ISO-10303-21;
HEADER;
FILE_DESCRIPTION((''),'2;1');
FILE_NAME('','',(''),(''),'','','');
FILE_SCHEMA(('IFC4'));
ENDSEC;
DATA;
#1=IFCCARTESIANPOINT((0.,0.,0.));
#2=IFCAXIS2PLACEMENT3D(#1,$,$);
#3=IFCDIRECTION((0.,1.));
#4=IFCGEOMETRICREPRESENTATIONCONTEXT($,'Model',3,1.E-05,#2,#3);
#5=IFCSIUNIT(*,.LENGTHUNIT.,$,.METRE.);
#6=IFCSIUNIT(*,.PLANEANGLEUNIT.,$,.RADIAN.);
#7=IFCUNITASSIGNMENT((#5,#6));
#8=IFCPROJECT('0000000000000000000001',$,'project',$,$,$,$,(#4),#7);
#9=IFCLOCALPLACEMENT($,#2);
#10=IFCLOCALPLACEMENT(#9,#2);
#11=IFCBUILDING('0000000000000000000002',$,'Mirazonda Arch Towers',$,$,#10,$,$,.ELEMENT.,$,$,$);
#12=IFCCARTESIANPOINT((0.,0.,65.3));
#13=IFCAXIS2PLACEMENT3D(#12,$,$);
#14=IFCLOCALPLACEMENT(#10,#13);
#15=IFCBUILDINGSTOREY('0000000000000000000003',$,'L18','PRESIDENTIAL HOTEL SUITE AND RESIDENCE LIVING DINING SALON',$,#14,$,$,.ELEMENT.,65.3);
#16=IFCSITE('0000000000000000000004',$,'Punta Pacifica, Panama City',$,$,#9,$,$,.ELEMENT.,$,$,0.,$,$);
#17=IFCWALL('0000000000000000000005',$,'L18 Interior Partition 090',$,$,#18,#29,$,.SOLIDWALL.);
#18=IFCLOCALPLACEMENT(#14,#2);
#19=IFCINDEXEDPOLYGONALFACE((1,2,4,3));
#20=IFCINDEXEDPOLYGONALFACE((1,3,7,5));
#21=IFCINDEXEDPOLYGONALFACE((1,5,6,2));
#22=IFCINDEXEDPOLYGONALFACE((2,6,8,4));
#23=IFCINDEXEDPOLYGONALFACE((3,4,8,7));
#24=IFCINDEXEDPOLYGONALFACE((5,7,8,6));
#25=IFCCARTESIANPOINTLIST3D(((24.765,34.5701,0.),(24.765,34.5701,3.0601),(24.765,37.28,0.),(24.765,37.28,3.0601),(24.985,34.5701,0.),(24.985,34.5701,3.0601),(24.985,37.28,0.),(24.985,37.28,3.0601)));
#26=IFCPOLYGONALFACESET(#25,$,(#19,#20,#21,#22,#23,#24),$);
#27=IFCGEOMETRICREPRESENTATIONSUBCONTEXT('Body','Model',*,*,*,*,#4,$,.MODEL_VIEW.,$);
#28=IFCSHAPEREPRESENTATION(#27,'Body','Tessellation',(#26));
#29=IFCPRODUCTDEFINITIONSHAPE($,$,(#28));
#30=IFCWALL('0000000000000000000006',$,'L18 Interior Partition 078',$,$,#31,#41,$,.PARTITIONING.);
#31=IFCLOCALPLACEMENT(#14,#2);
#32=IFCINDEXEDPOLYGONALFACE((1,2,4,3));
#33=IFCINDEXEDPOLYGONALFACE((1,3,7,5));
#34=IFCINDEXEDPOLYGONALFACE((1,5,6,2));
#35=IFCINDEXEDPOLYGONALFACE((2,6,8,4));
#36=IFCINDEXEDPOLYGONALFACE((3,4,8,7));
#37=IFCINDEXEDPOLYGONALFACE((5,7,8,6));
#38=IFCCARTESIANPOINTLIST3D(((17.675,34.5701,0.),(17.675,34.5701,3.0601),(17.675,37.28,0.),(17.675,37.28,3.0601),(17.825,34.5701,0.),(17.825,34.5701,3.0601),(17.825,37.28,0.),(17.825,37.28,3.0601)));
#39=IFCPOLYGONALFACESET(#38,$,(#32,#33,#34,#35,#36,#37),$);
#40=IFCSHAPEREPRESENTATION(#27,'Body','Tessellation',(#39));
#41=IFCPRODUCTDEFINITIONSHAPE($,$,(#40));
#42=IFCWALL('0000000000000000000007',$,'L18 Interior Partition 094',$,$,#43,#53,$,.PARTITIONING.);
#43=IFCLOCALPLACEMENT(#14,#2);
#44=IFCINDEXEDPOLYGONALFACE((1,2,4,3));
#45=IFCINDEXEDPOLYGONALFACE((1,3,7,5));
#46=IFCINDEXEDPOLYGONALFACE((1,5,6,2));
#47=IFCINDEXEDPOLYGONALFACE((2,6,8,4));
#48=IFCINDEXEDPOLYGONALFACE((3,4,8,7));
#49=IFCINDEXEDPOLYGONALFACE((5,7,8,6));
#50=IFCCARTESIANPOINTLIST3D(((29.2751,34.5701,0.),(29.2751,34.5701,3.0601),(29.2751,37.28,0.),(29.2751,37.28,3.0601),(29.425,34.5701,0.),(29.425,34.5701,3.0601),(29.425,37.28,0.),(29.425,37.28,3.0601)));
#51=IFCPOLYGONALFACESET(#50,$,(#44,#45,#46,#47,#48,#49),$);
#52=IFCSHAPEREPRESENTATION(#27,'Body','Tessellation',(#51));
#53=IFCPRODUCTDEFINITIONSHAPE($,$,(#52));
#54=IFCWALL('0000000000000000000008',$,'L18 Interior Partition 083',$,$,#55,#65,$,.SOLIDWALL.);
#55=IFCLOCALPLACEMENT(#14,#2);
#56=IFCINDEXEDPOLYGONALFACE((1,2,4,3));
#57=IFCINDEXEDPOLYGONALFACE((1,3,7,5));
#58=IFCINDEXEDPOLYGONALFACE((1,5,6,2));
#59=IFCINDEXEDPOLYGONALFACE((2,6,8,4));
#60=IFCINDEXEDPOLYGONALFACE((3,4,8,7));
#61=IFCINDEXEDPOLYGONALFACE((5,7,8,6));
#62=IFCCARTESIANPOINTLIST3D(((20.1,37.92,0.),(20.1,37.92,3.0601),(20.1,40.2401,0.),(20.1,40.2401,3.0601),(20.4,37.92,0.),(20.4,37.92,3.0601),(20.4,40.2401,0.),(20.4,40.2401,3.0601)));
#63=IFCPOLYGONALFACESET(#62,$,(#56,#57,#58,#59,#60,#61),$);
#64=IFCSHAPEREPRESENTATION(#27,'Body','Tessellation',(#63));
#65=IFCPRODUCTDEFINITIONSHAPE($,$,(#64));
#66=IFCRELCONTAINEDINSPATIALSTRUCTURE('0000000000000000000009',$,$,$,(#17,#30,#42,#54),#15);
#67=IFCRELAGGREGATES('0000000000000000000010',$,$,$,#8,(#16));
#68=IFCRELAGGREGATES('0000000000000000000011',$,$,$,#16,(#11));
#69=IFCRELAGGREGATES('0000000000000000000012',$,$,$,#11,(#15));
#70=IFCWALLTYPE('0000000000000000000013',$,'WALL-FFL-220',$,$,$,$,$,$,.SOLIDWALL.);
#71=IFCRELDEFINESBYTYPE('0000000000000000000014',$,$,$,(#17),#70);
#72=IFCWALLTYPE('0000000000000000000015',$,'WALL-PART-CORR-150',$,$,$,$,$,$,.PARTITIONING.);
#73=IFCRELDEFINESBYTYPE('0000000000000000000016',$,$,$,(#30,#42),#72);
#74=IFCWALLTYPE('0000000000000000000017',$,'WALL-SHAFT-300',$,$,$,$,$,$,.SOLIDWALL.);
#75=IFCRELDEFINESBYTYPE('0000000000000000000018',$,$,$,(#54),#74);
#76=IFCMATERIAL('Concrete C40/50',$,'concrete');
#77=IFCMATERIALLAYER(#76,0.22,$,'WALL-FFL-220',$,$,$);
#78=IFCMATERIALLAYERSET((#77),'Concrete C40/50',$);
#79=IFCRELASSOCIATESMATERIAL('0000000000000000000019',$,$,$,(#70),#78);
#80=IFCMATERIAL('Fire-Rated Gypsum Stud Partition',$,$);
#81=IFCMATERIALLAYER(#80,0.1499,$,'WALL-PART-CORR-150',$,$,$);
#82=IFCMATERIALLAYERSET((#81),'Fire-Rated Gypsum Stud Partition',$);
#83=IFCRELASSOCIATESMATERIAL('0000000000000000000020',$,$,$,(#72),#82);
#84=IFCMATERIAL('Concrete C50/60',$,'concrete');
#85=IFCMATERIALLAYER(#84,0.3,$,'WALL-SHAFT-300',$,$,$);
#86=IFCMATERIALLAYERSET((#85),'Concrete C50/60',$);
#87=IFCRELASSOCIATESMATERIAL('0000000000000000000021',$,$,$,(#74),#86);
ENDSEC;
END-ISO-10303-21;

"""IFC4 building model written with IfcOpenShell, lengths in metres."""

from ifc_helpers import new_model, si_unit, direction, frame, frame_2d, origin, place, context, subcontext, project, spatial, rectangle, extrude, material, layer, layer_set, type_object, element, save


model = new_model("IFC4")

# Units and contexts
model_context = context("Model", 3, precision=1e-05, world=origin(), true_north=direction((0.0, 1.0)))
body_context = subcontext(model_context, "Body", "Model", "MODEL_VIEW")
ifc_project = project(units=[si_unit("LENGTHUNIT", "METRE"), si_unit("PLANEANGLEUNIT", "RADIAN")], contexts=[model_context])

# Site, building, storey
site_placement = place(None, origin())
site = spatial("IfcSite", under=ifc_project, at=site_placement, Name="Punta Pacifica, Panama City", CompositionType="ELEMENT", RefElevation=0.0)
building_placement = place(site_placement, origin())
building = spatial("IfcBuilding", under=site, at=building_placement, Name="Mirazonda Arch Towers", CompositionType="ELEMENT")
storey_placement = place(building_placement, frame((0.0, 0.0, 65.3)))
storey = spatial("IfcBuildingStorey", under=building, at=storey_placement, Name="L18", Description="PRESIDENTIAL HOTEL SUITE AND RESIDENCE LIVING DINING SALON", CompositionType="ELEMENT", Elevation=65.3)

# Walls
ifc_material_1 = material(Name="Concrete C40/50", Category="concrete")
ifc_layer_1 = layer(ifc_material_1, 0.22, Name="WALL-FFL-220")
ifc_layer_set_1 = layer_set([ifc_layer_1], Name="Concrete C40/50")
wall_type_1 = type_object("IfcWallType", Name="WALL-FFL-220", PredefinedType="SOLIDWALL", material=ifc_layer_set_1)
for number, where, z_axis, x_axis, name in (
    (1, (24.875, 34.5701, 0.0), (0.0, 0.0, 1.0), (0.0, 1.0, 0.0), "L18 Interior Partition 090"),
):
    element("IfcWall", number, at=place(storey_placement, frame(where, z_axis=z_axis, x_axis=x_axis)), inside=storey, type_object=wall_type_1, Name=name, PredefinedType="SOLIDWALL", context=body_context, shape_type="SweptSolid", body=[
        extrude(rectangle(XDim=2.71, YDim=0.22, at=frame_2d((1.355, 0.0))), origin(), (0.0, 0.0, 1.0), 3.0601),
    ])
ifc_material_2 = material(Name="Fire-Rated Gypsum Stud Partition")
ifc_layer_2 = layer(ifc_material_2, 0.1499, Name="WALL-PART-CORR-150")
ifc_layer_set_2 = layer_set([ifc_layer_2], Name="Fire-Rated Gypsum Stud Partition")
wall_type_2 = type_object("IfcWallType", Name="WALL-PART-CORR-150", PredefinedType="PARTITIONING", material=ifc_layer_set_2)
for number, where, z_axis, x_axis, name in (
    (2, (17.75, 34.5701, 0.0), (0.0, 0.0, 1.0), (0.0, 1.0, 0.0), "L18 Interior Partition 078"),
    (3, (29.3501, 34.5701, 0.0), (0.0, 0.0, 1.0), (0.0, 1.0, 0.0), "L18 Interior Partition 094"),
):
    element("IfcWall", number, at=place(storey_placement, frame(where, z_axis=z_axis, x_axis=x_axis)), inside=storey, type_object=wall_type_2, Name=name, PredefinedType="PARTITIONING", context=body_context, shape_type="SweptSolid", body=[
        extrude(rectangle(XDim=2.71, YDim=0.1499, at=frame_2d((1.355, 0.0))), origin(), (0.0, 0.0, 1.0), 3.0601),
    ])
ifc_material_3 = material(Name="Concrete C50/60", Category="concrete")
ifc_layer_3 = layer(ifc_material_3, 0.3, Name="WALL-SHAFT-300")
ifc_layer_set_3 = layer_set([ifc_layer_3], Name="Concrete C50/60")
wall_type_3 = type_object("IfcWallType", Name="WALL-SHAFT-300", PredefinedType="SOLIDWALL", material=ifc_layer_set_3)
wall_1_placement = place(storey_placement, frame((20.25, 37.9199, 0.0), z_axis=(0.0, 0.0, 1.0), x_axis=(0.0, 1.0, 0.0)))
element("IfcWall", 4, at=wall_1_placement, inside=storey, type_object=wall_type_3, Name="L18 Interior Partition 083", PredefinedType="SOLIDWALL", context=body_context, shape_type="SweptSolid", body=[
    extrude(rectangle(XDim=2.3201, YDim=0.3, at=frame_2d((1.1602, 0.0))), origin(), (0.0, 0.0, 1.0), 3.0601),
])

save(model, "model.ifc")
